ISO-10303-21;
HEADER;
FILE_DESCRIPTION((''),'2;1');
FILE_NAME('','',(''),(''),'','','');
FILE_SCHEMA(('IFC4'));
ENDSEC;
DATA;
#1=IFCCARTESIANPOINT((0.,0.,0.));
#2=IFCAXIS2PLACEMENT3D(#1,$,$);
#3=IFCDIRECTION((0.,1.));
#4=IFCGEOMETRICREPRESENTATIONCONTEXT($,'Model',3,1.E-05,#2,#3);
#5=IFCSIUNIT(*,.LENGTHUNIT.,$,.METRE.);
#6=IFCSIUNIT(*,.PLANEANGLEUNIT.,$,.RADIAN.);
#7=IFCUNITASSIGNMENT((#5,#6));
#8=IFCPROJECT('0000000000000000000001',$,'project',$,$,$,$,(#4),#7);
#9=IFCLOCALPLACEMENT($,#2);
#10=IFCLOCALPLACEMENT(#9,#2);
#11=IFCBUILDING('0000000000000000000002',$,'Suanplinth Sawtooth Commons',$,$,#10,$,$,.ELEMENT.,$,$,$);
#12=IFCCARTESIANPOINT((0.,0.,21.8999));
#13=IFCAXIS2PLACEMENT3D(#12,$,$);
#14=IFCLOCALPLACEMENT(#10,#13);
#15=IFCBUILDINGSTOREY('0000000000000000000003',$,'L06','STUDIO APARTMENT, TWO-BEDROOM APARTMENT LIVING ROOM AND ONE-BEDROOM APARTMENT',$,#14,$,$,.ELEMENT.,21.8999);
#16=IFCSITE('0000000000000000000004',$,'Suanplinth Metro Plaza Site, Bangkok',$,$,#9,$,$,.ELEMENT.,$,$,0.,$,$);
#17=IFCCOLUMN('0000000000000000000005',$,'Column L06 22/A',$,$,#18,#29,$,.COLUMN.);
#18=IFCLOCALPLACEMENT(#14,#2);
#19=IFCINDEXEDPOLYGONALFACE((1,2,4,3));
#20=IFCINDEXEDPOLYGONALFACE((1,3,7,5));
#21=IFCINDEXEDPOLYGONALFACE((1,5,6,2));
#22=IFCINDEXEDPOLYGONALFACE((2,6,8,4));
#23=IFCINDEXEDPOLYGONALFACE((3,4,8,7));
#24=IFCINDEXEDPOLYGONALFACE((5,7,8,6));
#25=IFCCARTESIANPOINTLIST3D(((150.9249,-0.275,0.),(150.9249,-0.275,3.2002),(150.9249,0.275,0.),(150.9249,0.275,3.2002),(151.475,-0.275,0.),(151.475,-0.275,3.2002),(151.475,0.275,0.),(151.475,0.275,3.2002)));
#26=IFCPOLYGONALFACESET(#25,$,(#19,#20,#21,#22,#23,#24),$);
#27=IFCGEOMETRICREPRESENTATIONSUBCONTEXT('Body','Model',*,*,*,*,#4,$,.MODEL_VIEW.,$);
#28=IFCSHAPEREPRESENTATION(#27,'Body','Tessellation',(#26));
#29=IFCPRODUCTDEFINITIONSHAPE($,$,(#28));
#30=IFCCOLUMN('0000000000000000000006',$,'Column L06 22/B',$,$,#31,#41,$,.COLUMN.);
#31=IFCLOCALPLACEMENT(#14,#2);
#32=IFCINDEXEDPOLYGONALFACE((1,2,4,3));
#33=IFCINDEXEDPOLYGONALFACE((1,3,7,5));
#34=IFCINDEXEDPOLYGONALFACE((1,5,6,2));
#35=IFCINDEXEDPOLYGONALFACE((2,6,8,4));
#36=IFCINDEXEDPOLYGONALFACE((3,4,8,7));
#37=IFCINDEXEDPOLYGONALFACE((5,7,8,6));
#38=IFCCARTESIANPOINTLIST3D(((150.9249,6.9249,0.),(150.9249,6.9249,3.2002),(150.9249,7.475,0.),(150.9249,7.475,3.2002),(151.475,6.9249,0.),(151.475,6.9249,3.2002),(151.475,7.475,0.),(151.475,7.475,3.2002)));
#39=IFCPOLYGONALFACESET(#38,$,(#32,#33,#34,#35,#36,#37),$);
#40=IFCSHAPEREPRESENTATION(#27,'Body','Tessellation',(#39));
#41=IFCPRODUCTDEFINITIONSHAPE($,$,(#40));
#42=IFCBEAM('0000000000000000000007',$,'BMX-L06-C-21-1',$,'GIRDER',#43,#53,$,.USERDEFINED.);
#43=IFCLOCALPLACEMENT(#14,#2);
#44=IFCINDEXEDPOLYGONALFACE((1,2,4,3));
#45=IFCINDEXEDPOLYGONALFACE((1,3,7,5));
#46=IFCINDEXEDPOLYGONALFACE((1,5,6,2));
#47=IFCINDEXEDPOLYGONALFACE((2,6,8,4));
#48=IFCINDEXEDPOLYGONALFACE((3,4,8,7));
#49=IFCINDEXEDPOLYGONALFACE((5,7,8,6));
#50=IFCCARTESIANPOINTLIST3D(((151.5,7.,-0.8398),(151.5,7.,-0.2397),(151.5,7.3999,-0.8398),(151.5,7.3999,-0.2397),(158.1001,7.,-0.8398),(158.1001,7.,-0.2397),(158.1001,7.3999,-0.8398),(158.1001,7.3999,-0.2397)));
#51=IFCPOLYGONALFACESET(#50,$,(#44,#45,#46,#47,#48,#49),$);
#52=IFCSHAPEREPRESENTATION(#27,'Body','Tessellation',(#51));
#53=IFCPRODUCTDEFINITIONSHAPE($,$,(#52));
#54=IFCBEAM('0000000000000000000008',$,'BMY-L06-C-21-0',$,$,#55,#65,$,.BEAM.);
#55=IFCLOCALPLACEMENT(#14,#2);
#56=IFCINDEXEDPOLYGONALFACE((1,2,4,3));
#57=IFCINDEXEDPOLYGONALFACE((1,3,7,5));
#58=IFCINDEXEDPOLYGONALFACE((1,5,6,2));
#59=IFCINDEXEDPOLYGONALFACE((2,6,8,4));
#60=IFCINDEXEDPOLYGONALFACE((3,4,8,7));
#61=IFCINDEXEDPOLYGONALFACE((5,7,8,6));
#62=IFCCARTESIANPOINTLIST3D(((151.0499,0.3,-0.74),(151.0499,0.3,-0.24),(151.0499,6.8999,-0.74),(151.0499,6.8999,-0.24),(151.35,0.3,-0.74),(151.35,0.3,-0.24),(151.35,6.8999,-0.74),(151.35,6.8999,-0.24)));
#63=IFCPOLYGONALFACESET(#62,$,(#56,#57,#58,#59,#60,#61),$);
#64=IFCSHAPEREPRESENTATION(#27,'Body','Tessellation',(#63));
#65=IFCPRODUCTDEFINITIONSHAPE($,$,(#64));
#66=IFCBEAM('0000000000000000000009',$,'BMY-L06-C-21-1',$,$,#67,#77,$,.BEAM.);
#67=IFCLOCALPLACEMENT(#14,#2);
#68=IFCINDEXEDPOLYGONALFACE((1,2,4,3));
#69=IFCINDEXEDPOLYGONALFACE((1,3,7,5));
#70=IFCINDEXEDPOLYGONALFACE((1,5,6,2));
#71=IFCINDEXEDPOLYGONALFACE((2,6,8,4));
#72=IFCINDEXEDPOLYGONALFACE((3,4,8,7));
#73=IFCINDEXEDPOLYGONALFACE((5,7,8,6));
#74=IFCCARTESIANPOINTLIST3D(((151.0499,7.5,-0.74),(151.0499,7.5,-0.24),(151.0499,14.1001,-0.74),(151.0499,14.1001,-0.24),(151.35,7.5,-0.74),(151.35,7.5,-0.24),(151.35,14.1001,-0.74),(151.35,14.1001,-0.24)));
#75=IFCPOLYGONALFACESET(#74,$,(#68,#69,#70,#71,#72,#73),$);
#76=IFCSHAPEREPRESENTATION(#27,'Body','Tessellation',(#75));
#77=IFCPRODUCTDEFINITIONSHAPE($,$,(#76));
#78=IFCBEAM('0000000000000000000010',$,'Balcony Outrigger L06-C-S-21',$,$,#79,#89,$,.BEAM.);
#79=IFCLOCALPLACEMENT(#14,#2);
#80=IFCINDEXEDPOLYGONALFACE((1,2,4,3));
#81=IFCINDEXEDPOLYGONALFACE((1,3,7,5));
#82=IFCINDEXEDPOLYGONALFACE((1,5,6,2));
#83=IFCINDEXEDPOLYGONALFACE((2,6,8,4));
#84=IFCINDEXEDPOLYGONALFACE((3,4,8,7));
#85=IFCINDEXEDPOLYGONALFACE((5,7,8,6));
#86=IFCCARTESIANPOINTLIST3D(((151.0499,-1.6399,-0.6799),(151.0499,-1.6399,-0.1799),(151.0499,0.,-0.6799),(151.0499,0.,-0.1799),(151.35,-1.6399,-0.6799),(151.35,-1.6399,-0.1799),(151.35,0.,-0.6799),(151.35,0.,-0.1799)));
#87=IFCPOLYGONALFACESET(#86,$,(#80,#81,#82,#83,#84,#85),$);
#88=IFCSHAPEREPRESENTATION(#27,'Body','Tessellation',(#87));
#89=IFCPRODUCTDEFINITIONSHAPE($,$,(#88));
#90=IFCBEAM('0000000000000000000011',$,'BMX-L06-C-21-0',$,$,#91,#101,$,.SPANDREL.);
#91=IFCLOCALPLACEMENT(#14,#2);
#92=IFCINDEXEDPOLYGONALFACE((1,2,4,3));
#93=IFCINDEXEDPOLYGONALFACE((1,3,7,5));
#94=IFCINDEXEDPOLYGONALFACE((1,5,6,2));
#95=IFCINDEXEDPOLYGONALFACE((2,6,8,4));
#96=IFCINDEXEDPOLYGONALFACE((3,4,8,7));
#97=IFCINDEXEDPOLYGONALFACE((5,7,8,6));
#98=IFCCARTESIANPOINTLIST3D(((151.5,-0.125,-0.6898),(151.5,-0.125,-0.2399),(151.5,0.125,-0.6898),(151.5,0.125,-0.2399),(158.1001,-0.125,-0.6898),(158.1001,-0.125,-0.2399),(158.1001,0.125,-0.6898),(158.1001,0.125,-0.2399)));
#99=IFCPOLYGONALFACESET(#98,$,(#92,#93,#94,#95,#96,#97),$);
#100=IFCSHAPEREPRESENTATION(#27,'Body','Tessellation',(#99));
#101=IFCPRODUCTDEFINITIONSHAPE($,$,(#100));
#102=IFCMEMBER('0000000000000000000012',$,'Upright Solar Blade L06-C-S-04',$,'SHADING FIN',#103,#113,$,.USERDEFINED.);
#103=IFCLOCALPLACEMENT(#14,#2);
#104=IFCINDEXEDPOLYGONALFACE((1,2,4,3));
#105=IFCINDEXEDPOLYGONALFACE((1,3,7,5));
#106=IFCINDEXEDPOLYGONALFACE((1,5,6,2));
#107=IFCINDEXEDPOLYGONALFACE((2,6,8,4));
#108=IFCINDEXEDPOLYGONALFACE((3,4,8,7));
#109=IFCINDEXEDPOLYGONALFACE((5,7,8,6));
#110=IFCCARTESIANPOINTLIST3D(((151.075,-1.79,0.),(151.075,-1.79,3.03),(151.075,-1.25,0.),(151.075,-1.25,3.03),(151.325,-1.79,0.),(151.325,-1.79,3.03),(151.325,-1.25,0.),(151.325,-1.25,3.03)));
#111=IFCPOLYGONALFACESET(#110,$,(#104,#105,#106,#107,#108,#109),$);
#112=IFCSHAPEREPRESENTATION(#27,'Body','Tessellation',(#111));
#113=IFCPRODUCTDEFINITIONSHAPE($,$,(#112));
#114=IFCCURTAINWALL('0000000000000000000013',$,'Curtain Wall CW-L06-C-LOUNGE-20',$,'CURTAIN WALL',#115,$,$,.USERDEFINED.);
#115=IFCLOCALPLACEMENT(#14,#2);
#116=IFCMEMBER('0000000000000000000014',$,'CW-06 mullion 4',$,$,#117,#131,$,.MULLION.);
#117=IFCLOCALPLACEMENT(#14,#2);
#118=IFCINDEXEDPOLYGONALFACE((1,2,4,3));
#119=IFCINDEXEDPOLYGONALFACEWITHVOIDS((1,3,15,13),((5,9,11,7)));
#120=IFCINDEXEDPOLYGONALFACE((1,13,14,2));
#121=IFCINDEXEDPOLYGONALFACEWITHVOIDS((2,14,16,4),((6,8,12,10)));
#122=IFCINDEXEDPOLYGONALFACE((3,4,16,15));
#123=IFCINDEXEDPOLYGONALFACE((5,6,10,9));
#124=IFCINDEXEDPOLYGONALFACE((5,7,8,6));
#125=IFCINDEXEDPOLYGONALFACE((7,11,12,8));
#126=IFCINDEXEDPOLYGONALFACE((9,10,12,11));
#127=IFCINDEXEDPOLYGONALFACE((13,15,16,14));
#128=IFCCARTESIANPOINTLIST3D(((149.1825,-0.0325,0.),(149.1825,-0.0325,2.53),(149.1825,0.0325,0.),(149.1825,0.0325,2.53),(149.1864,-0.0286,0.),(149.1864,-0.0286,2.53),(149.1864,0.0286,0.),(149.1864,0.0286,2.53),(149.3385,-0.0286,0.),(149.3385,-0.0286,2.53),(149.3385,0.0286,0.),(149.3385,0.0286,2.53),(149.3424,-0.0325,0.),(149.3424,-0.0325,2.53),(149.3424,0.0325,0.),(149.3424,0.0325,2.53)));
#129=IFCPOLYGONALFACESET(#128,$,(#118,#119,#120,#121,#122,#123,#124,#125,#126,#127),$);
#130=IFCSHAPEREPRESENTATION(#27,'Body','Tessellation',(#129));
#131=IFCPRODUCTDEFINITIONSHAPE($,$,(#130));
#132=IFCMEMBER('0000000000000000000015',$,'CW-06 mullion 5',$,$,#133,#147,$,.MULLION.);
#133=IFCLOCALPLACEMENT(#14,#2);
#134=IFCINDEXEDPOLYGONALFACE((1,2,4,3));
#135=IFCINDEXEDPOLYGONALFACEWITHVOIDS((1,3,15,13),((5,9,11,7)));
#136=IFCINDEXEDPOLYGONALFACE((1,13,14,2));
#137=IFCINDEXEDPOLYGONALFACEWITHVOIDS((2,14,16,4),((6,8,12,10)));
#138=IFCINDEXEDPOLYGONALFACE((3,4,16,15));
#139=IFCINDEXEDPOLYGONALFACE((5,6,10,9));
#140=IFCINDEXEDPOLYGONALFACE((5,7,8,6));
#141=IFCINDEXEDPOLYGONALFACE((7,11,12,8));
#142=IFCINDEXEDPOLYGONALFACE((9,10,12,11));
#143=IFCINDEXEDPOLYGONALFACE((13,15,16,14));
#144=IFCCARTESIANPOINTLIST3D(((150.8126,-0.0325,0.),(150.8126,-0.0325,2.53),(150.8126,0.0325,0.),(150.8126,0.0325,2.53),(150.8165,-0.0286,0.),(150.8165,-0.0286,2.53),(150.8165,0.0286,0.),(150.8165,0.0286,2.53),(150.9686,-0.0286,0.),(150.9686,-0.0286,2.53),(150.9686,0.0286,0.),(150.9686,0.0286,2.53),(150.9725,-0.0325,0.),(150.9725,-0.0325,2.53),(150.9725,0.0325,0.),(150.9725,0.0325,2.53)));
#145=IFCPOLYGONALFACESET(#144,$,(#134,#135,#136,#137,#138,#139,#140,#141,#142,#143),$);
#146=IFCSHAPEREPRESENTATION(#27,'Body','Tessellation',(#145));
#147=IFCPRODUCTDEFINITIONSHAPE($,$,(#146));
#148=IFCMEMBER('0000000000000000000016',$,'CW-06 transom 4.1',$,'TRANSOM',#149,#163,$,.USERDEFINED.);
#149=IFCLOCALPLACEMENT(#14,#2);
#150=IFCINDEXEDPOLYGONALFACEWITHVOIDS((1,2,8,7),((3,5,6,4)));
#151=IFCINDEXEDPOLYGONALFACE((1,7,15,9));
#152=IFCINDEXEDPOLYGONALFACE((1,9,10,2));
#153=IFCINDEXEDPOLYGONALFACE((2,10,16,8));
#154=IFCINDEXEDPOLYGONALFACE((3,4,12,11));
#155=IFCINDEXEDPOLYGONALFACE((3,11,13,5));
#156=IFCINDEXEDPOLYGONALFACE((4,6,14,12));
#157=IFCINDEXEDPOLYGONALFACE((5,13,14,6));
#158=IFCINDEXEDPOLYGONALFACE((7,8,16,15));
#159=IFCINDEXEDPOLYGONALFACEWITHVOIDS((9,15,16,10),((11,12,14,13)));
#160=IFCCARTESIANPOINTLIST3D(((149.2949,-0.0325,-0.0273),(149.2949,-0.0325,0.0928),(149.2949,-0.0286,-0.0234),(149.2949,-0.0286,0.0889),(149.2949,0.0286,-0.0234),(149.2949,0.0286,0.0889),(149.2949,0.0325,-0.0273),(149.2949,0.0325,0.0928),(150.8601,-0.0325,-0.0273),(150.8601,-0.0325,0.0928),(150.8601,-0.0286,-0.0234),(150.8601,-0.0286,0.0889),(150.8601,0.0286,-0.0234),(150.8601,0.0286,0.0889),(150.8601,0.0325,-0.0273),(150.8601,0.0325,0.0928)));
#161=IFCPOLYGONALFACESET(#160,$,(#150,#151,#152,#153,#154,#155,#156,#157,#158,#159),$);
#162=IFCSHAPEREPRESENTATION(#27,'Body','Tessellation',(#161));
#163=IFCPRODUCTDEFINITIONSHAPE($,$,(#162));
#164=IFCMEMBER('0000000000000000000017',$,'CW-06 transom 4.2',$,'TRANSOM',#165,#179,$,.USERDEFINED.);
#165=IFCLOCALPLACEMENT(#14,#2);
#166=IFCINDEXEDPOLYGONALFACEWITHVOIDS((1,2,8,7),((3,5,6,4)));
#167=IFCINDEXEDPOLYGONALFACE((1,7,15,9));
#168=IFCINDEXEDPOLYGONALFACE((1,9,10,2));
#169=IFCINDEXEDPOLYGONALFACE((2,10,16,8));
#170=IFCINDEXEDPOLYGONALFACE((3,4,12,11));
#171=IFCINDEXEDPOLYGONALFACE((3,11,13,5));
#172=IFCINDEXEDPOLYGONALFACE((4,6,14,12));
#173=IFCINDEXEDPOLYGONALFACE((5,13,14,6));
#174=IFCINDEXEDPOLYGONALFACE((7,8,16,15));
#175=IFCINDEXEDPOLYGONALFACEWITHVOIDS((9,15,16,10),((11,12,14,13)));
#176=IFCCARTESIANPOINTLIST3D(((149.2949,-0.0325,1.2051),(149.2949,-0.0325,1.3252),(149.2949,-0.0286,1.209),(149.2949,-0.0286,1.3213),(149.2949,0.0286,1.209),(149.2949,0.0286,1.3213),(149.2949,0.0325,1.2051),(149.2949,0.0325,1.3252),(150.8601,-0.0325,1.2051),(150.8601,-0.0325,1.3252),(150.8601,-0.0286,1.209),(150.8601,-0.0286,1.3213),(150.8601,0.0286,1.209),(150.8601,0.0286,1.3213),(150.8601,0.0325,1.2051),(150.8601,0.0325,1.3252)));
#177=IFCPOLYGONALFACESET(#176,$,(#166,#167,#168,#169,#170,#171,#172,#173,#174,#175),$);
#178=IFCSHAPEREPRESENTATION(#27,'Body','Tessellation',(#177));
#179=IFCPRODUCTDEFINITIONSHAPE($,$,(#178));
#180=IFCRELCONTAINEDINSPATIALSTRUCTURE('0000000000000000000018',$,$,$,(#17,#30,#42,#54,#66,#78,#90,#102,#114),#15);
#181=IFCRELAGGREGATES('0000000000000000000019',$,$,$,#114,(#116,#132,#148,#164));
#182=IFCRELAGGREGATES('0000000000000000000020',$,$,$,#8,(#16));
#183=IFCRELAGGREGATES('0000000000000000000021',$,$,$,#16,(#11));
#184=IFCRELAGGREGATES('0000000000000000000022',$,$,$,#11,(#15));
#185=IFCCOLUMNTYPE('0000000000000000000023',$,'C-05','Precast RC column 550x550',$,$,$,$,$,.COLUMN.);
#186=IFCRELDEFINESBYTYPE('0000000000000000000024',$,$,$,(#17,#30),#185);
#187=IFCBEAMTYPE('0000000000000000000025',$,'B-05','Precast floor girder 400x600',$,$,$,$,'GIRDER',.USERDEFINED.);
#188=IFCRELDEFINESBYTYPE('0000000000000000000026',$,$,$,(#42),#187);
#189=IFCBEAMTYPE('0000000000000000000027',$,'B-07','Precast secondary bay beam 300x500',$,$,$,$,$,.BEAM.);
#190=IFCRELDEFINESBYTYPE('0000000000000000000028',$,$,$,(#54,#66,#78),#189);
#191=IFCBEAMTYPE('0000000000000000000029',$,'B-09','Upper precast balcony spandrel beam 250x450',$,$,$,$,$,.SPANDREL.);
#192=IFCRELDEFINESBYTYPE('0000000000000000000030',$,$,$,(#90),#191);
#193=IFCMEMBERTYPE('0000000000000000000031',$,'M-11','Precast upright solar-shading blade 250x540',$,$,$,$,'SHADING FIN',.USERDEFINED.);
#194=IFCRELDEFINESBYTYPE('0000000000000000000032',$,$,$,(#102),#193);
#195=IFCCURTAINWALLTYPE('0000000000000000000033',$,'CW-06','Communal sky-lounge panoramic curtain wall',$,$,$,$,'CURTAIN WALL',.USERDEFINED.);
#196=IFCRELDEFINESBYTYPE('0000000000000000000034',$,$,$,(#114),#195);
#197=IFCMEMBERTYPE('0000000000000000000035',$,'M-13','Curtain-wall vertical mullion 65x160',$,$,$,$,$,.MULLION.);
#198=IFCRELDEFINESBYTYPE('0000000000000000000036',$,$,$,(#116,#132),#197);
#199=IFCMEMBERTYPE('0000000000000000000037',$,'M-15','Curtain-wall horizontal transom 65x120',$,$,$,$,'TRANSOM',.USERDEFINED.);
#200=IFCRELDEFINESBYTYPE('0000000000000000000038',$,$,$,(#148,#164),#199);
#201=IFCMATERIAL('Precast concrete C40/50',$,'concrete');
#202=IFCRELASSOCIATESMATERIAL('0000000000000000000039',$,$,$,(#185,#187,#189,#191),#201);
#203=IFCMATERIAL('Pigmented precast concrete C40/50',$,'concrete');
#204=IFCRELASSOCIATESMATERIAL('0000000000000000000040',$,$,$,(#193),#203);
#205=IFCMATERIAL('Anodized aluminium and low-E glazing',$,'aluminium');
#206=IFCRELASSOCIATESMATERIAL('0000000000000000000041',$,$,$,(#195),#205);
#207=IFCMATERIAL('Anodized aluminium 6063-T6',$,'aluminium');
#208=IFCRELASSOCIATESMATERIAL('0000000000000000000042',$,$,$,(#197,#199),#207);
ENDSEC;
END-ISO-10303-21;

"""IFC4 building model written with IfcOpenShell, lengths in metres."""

from ifc_helpers import new_model, si_unit, direction, frame, origin, origin_2d, place, context, subcontext, project, spatial, rectangle, hollow_rectangle, extrude, material, material_profile, profile_set, type_object, element, aggregate, save


model = new_model("IFC4")

# Units and contexts
model_context = context("Model", 3, precision=1e-05, world=origin(), true_north=direction((0.0, 1.0)))
body_context = subcontext(model_context, "Body", "Model", "MODEL_VIEW")
ifc_project = project(units=[si_unit("LENGTHUNIT", "METRE"), si_unit("PLANEANGLEUNIT", "RADIAN")], contexts=[model_context])

# Site, building, storey
site_placement = place(None, origin())
site = spatial("IfcSite", under=ifc_project, at=site_placement, Name="Suanplinth Metro Plaza Site, Bangkok", CompositionType="ELEMENT", RefElevation=0.0)
building_placement = place(site_placement, origin())
building = spatial("IfcBuilding", under=site, at=building_placement, Name="Suanplinth Sawtooth Commons", CompositionType="ELEMENT")
storey_placement = place(building_placement, frame((0.0, 0.0, 21.8999)))
storey = spatial("IfcBuildingStorey", under=building, at=storey_placement, Name="L06", Description="STUDIO APARTMENT, TWO-BEDROOM APARTMENT LIVING ROOM AND ONE-BEDROOM APARTMENT", CompositionType="ELEMENT", Elevation=21.8999)

# Columns
ifc_material_1 = material(Name="Precast concrete C40/50", Category="concrete")
ifc_material_profile_1 = material_profile(ifc_material_1, rectangle(XDim=0.55, YDim=0.55, at=origin_2d()), Name="PC-COL 550x550")
ifc_profile_set_1 = profile_set([ifc_material_profile_1], Name="Precast concrete C40/50")
column_type = type_object("IfcColumnType", Name="C-05", Description="Precast RC column 550x550", PredefinedType="COLUMN", material=ifc_profile_set_1)
for number, where, z_axis, x_axis, name in (
    (1, (151.2, 0.0, 0.0), (0.0, 0.0, 1.0), (1.0, 0.0, 0.0), "Column L06 22/A"),
    (2, (151.2, 7.2, 0.0), (0.0, 0.0, 1.0), (1.0, 0.0, 0.0), "Column L06 22/B"),
):
    element("IfcColumn", number, at=place(storey_placement, frame(where, z_axis=z_axis, x_axis=x_axis)), inside=storey, type_object=column_type, Name=name, PredefinedType="COLUMN", context=body_context, shape_type="SweptSolid", body=[
        extrude(rectangle(XDim=0.55, YDim=0.55, at=origin_2d()), origin(), (0.0, 0.0, 1.0), 3.2002),
    ])

# Beams
ifc_material_profile_2 = material_profile(ifc_material_1, rectangle(XDim=0.3999, YDim=0.6001, at=origin_2d()), Name="PC-GDR 400x600")
ifc_profile_set_2 = profile_set([ifc_material_profile_2], Name="Precast concrete C40/50")
beam_type_1 = type_object("IfcBeamType", Name="B-05", Description="Precast floor girder 400x600", ElementType="GIRDER", PredefinedType="USERDEFINED", material=ifc_profile_set_2)
beam_1_placement = place(storey_placement, frame((151.5, 7.2, -0.5398), z_axis=(1.0, 0.0, 0.0), x_axis=(0.0, 1.0, 0.0)))
element("IfcBeam", 3, at=beam_1_placement, inside=storey, type_object=beam_type_1, Name="BMX-L06-C-21-1", ObjectType="GIRDER", PredefinedType="USERDEFINED", context=body_context, shape_type="SweptSolid", body=[
    extrude(rectangle(XDim=0.3999, YDim=0.6001, at=origin_2d()), origin(), (0.0, 0.0, 1.0), 6.6001),
])
ifc_material_profile_3 = material_profile(ifc_material_1, rectangle(XDim=0.3, YDim=0.5, at=origin_2d()), Name="PC-BM 300x500")
ifc_profile_set_3 = profile_set([ifc_material_profile_3], Name="Precast concrete C40/50")
beam_type_2 = type_object("IfcBeamType", Name="B-07", Description="Precast secondary bay beam 300x500", PredefinedType="BEAM", material=ifc_profile_set_3)
beam_2_placement = place(storey_placement, frame((151.2, 0.3, -0.49), z_axis=(0.0, 1.0, 0.0), x_axis=(-1.0, 0.0, 0.0)))
element("IfcBeam", 4, at=beam_2_placement, inside=storey, type_object=beam_type_2, Name="BMY-L06-C-21-0", PredefinedType="BEAM", context=body_context, shape_type="SweptSolid", body=[
    extrude(rectangle(XDim=0.3, YDim=0.5, at=origin_2d()), origin(), (0.0, 0.0, 1.0), 6.5999),
])
beam_3_placement = place(storey_placement, frame((151.2, 7.5, -0.49), z_axis=(0.0, 1.0, 0.0), x_axis=(-1.0, 0.0, 0.0)))
element("IfcBeam", 5, at=beam_3_placement, inside=storey, type_object=beam_type_2, Name="BMY-L06-C-21-1", PredefinedType="BEAM", context=body_context, shape_type="SweptSolid", body=[
    extrude(rectangle(XDim=0.3, YDim=0.5, at=origin_2d()), origin(), (0.0, 0.0, 1.0), 6.6001),
])
beam_4_placement = place(storey_placement, frame((151.2, 0.0, -0.4299), z_axis=(0.0, -1.0, 0.0), x_axis=(1.0, 0.0, 0.0)))
element("IfcBeam", 6, at=beam_4_placement, inside=storey, type_object=beam_type_2, Name="Balcony Outrigger L06-C-S-21", PredefinedType="BEAM", context=body_context, shape_type="SweptSolid", body=[
    extrude(rectangle(XDim=0.3, YDim=0.5, at=origin_2d()), origin(), (0.0, 0.0, 1.0), 1.6399),
])
ifc_material_profile_4 = material_profile(ifc_material_1, rectangle(XDim=0.25, YDim=0.45, at=origin_2d()), Name="PC-SP 250x450")
ifc_profile_set_4 = profile_set([ifc_material_profile_4], Name="Precast concrete C40/50")
beam_type_3 = type_object("IfcBeamType", Name="B-09", Description="Upper precast balcony spandrel beam 250x450", PredefinedType="SPANDREL", material=ifc_profile_set_4)
beam_5_placement = place(storey_placement, frame((151.5, 0.0, -0.4648), z_axis=(1.0, 0.0, 0.0), x_axis=(0.0, 1.0, 0.0)))
element("IfcBeam", 7, at=beam_5_placement, inside=storey, type_object=beam_type_3, Name="BMX-L06-C-21-0", PredefinedType="SPANDREL", context=body_context, shape_type="SweptSolid", body=[
    extrude(rectangle(XDim=0.25, YDim=0.45, at=origin_2d()), origin(), (0.0, 0.0, 1.0), 6.6001),
])

# Member
ifc_material_2 = material(Name="Pigmented precast concrete C40/50", Category="concrete")
ifc_material_profile_5 = material_profile(ifc_material_2, rectangle(XDim=0.25, YDim=0.54, at=origin_2d()), Name="PC-FIN 250x540")
ifc_profile_set_5 = profile_set([ifc_material_profile_5], Name="Pigmented precast concrete C40/50")
member_type_1 = type_object("IfcMemberType", Name="M-11", Description="Precast upright solar-shading blade 250x540", ElementType="SHADING FIN", PredefinedType="USERDEFINED", material=ifc_profile_set_5)
member_1_placement = place(storey_placement, frame((151.2, -1.52, 0.0), z_axis=(0.0, 0.0, 1.0), x_axis=(1.0, 0.0, 0.0)))
element("IfcMember", 8, at=member_1_placement, inside=storey, type_object=member_type_1, Name="Upright Solar Blade L06-C-S-04", ObjectType="SHADING FIN", PredefinedType="USERDEFINED", context=body_context, shape_type="SweptSolid", body=[
    extrude(rectangle(XDim=0.25, YDim=0.54, at=origin_2d()), origin(), (0.0, 0.0, 1.0), 3.03),
])

# Curtain wall, members
ifc_material_3 = material(Name="Anodized aluminium and low-E glazing", Category="aluminium")
curtain_wall_type = type_object("IfcCurtainWallType", Name="CW-06", Description="Communal sky-lounge panoramic curtain wall", ElementType="CURTAIN WALL", PredefinedType="USERDEFINED", material=ifc_material_3)
curtain_wall_placement = place(storey_placement, origin())
curtain_wall = element("IfcCurtainWall", 9, at=curtain_wall_placement, inside=storey, type_object=curtain_wall_type, Name="Curtain Wall CW-L06-C-LOUNGE-20", ObjectType="CURTAIN WALL", PredefinedType="USERDEFINED")
ifc_material_4 = material(Name="Anodized aluminium 6063-T6", Category="aluminium")
ifc_material_profile_6 = material_profile(ifc_material_4, hollow_rectangle(XDim=0.0649, YDim=0.1599, WallThickness=0.0039, at=origin_2d()), Name="ALU-MUL 65x160")
ifc_profile_set_6 = profile_set([ifc_material_profile_6], Name="Anodized aluminium 6063-T6")
member_type_2 = type_object("IfcMemberType", Name="M-13", Description="Curtain-wall vertical mullion 65x160", PredefinedType="MULLION", material=ifc_profile_set_6)
member_2_placement = place(storey_placement, frame((149.2625, 0.0, 0.0), z_axis=(0.0, 0.0, 1.0), x_axis=(0.0, 1.0, 0.0)))
member_2 = element("IfcMember", 10, at=member_2_placement, type_object=member_type_2, Name="CW-06 mullion 4", PredefinedType="MULLION", context=body_context, shape_type="SweptSolid", body=[
    extrude(hollow_rectangle(XDim=0.0649, YDim=0.1599, WallThickness=0.0039, at=origin_2d()), origin(), (0.0, 0.0, 1.0), 2.53),
])
member_3_placement = place(storey_placement, frame((150.8926, 0.0, 0.0), z_axis=(0.0, 0.0, 1.0), x_axis=(0.0, 1.0, 0.0)))
member_3 = element("IfcMember", 11, at=member_3_placement, type_object=member_type_2, Name="CW-06 mullion 5", PredefinedType="MULLION", context=body_context, shape_type="SweptSolid", body=[
    extrude(hollow_rectangle(XDim=0.0649, YDim=0.1599, WallThickness=0.0039, at=origin_2d()), origin(), (0.0, 0.0, 1.0), 2.53),
])
ifc_material_profile_7 = material_profile(ifc_material_4, hollow_rectangle(XDim=0.0649, YDim=0.1201, WallThickness=0.0039, at=origin_2d()), Name="ALU-TRN 65x120")
ifc_profile_set_7 = profile_set([ifc_material_profile_7], Name="Anodized aluminium 6063-T6")
member_type_3 = type_object("IfcMemberType", Name="M-15", Description="Curtain-wall horizontal transom 65x120", ElementType="TRANSOM", PredefinedType="USERDEFINED", material=ifc_profile_set_7)
member_4_placement = place(storey_placement, frame((149.2949, 0.0, 0.0327), z_axis=(1.0, 0.0, 0.0), x_axis=(0.0, 1.0, 0.0)))
member_4 = element("IfcMember", 12, at=member_4_placement, type_object=member_type_3, Name="CW-06 transom 4.1", ObjectType="TRANSOM", PredefinedType="USERDEFINED", context=body_context, shape_type="SweptSolid", body=[
    extrude(hollow_rectangle(XDim=0.0649, YDim=0.1201, WallThickness=0.0039, at=origin_2d()), origin(), (0.0, 0.0, 1.0), 1.5652),
])
member_5_placement = place(storey_placement, frame((149.2949, 0.0, 1.2651), z_axis=(1.0, 0.0, 0.0), x_axis=(0.0, 1.0, 0.0)))
member_5 = element("IfcMember", 13, at=member_5_placement, type_object=member_type_3, Name="CW-06 transom 4.2", ObjectType="TRANSOM", PredefinedType="USERDEFINED", context=body_context, shape_type="SweptSolid", body=[
    extrude(hollow_rectangle(XDim=0.0649, YDim=0.1201, WallThickness=0.0039, at=origin_2d()), origin(), (0.0, 0.0, 1.0), 1.5652),
])
aggregate(curtain_wall, [member_2, member_3, member_4, member_5])

save(model, "model.ifc")
